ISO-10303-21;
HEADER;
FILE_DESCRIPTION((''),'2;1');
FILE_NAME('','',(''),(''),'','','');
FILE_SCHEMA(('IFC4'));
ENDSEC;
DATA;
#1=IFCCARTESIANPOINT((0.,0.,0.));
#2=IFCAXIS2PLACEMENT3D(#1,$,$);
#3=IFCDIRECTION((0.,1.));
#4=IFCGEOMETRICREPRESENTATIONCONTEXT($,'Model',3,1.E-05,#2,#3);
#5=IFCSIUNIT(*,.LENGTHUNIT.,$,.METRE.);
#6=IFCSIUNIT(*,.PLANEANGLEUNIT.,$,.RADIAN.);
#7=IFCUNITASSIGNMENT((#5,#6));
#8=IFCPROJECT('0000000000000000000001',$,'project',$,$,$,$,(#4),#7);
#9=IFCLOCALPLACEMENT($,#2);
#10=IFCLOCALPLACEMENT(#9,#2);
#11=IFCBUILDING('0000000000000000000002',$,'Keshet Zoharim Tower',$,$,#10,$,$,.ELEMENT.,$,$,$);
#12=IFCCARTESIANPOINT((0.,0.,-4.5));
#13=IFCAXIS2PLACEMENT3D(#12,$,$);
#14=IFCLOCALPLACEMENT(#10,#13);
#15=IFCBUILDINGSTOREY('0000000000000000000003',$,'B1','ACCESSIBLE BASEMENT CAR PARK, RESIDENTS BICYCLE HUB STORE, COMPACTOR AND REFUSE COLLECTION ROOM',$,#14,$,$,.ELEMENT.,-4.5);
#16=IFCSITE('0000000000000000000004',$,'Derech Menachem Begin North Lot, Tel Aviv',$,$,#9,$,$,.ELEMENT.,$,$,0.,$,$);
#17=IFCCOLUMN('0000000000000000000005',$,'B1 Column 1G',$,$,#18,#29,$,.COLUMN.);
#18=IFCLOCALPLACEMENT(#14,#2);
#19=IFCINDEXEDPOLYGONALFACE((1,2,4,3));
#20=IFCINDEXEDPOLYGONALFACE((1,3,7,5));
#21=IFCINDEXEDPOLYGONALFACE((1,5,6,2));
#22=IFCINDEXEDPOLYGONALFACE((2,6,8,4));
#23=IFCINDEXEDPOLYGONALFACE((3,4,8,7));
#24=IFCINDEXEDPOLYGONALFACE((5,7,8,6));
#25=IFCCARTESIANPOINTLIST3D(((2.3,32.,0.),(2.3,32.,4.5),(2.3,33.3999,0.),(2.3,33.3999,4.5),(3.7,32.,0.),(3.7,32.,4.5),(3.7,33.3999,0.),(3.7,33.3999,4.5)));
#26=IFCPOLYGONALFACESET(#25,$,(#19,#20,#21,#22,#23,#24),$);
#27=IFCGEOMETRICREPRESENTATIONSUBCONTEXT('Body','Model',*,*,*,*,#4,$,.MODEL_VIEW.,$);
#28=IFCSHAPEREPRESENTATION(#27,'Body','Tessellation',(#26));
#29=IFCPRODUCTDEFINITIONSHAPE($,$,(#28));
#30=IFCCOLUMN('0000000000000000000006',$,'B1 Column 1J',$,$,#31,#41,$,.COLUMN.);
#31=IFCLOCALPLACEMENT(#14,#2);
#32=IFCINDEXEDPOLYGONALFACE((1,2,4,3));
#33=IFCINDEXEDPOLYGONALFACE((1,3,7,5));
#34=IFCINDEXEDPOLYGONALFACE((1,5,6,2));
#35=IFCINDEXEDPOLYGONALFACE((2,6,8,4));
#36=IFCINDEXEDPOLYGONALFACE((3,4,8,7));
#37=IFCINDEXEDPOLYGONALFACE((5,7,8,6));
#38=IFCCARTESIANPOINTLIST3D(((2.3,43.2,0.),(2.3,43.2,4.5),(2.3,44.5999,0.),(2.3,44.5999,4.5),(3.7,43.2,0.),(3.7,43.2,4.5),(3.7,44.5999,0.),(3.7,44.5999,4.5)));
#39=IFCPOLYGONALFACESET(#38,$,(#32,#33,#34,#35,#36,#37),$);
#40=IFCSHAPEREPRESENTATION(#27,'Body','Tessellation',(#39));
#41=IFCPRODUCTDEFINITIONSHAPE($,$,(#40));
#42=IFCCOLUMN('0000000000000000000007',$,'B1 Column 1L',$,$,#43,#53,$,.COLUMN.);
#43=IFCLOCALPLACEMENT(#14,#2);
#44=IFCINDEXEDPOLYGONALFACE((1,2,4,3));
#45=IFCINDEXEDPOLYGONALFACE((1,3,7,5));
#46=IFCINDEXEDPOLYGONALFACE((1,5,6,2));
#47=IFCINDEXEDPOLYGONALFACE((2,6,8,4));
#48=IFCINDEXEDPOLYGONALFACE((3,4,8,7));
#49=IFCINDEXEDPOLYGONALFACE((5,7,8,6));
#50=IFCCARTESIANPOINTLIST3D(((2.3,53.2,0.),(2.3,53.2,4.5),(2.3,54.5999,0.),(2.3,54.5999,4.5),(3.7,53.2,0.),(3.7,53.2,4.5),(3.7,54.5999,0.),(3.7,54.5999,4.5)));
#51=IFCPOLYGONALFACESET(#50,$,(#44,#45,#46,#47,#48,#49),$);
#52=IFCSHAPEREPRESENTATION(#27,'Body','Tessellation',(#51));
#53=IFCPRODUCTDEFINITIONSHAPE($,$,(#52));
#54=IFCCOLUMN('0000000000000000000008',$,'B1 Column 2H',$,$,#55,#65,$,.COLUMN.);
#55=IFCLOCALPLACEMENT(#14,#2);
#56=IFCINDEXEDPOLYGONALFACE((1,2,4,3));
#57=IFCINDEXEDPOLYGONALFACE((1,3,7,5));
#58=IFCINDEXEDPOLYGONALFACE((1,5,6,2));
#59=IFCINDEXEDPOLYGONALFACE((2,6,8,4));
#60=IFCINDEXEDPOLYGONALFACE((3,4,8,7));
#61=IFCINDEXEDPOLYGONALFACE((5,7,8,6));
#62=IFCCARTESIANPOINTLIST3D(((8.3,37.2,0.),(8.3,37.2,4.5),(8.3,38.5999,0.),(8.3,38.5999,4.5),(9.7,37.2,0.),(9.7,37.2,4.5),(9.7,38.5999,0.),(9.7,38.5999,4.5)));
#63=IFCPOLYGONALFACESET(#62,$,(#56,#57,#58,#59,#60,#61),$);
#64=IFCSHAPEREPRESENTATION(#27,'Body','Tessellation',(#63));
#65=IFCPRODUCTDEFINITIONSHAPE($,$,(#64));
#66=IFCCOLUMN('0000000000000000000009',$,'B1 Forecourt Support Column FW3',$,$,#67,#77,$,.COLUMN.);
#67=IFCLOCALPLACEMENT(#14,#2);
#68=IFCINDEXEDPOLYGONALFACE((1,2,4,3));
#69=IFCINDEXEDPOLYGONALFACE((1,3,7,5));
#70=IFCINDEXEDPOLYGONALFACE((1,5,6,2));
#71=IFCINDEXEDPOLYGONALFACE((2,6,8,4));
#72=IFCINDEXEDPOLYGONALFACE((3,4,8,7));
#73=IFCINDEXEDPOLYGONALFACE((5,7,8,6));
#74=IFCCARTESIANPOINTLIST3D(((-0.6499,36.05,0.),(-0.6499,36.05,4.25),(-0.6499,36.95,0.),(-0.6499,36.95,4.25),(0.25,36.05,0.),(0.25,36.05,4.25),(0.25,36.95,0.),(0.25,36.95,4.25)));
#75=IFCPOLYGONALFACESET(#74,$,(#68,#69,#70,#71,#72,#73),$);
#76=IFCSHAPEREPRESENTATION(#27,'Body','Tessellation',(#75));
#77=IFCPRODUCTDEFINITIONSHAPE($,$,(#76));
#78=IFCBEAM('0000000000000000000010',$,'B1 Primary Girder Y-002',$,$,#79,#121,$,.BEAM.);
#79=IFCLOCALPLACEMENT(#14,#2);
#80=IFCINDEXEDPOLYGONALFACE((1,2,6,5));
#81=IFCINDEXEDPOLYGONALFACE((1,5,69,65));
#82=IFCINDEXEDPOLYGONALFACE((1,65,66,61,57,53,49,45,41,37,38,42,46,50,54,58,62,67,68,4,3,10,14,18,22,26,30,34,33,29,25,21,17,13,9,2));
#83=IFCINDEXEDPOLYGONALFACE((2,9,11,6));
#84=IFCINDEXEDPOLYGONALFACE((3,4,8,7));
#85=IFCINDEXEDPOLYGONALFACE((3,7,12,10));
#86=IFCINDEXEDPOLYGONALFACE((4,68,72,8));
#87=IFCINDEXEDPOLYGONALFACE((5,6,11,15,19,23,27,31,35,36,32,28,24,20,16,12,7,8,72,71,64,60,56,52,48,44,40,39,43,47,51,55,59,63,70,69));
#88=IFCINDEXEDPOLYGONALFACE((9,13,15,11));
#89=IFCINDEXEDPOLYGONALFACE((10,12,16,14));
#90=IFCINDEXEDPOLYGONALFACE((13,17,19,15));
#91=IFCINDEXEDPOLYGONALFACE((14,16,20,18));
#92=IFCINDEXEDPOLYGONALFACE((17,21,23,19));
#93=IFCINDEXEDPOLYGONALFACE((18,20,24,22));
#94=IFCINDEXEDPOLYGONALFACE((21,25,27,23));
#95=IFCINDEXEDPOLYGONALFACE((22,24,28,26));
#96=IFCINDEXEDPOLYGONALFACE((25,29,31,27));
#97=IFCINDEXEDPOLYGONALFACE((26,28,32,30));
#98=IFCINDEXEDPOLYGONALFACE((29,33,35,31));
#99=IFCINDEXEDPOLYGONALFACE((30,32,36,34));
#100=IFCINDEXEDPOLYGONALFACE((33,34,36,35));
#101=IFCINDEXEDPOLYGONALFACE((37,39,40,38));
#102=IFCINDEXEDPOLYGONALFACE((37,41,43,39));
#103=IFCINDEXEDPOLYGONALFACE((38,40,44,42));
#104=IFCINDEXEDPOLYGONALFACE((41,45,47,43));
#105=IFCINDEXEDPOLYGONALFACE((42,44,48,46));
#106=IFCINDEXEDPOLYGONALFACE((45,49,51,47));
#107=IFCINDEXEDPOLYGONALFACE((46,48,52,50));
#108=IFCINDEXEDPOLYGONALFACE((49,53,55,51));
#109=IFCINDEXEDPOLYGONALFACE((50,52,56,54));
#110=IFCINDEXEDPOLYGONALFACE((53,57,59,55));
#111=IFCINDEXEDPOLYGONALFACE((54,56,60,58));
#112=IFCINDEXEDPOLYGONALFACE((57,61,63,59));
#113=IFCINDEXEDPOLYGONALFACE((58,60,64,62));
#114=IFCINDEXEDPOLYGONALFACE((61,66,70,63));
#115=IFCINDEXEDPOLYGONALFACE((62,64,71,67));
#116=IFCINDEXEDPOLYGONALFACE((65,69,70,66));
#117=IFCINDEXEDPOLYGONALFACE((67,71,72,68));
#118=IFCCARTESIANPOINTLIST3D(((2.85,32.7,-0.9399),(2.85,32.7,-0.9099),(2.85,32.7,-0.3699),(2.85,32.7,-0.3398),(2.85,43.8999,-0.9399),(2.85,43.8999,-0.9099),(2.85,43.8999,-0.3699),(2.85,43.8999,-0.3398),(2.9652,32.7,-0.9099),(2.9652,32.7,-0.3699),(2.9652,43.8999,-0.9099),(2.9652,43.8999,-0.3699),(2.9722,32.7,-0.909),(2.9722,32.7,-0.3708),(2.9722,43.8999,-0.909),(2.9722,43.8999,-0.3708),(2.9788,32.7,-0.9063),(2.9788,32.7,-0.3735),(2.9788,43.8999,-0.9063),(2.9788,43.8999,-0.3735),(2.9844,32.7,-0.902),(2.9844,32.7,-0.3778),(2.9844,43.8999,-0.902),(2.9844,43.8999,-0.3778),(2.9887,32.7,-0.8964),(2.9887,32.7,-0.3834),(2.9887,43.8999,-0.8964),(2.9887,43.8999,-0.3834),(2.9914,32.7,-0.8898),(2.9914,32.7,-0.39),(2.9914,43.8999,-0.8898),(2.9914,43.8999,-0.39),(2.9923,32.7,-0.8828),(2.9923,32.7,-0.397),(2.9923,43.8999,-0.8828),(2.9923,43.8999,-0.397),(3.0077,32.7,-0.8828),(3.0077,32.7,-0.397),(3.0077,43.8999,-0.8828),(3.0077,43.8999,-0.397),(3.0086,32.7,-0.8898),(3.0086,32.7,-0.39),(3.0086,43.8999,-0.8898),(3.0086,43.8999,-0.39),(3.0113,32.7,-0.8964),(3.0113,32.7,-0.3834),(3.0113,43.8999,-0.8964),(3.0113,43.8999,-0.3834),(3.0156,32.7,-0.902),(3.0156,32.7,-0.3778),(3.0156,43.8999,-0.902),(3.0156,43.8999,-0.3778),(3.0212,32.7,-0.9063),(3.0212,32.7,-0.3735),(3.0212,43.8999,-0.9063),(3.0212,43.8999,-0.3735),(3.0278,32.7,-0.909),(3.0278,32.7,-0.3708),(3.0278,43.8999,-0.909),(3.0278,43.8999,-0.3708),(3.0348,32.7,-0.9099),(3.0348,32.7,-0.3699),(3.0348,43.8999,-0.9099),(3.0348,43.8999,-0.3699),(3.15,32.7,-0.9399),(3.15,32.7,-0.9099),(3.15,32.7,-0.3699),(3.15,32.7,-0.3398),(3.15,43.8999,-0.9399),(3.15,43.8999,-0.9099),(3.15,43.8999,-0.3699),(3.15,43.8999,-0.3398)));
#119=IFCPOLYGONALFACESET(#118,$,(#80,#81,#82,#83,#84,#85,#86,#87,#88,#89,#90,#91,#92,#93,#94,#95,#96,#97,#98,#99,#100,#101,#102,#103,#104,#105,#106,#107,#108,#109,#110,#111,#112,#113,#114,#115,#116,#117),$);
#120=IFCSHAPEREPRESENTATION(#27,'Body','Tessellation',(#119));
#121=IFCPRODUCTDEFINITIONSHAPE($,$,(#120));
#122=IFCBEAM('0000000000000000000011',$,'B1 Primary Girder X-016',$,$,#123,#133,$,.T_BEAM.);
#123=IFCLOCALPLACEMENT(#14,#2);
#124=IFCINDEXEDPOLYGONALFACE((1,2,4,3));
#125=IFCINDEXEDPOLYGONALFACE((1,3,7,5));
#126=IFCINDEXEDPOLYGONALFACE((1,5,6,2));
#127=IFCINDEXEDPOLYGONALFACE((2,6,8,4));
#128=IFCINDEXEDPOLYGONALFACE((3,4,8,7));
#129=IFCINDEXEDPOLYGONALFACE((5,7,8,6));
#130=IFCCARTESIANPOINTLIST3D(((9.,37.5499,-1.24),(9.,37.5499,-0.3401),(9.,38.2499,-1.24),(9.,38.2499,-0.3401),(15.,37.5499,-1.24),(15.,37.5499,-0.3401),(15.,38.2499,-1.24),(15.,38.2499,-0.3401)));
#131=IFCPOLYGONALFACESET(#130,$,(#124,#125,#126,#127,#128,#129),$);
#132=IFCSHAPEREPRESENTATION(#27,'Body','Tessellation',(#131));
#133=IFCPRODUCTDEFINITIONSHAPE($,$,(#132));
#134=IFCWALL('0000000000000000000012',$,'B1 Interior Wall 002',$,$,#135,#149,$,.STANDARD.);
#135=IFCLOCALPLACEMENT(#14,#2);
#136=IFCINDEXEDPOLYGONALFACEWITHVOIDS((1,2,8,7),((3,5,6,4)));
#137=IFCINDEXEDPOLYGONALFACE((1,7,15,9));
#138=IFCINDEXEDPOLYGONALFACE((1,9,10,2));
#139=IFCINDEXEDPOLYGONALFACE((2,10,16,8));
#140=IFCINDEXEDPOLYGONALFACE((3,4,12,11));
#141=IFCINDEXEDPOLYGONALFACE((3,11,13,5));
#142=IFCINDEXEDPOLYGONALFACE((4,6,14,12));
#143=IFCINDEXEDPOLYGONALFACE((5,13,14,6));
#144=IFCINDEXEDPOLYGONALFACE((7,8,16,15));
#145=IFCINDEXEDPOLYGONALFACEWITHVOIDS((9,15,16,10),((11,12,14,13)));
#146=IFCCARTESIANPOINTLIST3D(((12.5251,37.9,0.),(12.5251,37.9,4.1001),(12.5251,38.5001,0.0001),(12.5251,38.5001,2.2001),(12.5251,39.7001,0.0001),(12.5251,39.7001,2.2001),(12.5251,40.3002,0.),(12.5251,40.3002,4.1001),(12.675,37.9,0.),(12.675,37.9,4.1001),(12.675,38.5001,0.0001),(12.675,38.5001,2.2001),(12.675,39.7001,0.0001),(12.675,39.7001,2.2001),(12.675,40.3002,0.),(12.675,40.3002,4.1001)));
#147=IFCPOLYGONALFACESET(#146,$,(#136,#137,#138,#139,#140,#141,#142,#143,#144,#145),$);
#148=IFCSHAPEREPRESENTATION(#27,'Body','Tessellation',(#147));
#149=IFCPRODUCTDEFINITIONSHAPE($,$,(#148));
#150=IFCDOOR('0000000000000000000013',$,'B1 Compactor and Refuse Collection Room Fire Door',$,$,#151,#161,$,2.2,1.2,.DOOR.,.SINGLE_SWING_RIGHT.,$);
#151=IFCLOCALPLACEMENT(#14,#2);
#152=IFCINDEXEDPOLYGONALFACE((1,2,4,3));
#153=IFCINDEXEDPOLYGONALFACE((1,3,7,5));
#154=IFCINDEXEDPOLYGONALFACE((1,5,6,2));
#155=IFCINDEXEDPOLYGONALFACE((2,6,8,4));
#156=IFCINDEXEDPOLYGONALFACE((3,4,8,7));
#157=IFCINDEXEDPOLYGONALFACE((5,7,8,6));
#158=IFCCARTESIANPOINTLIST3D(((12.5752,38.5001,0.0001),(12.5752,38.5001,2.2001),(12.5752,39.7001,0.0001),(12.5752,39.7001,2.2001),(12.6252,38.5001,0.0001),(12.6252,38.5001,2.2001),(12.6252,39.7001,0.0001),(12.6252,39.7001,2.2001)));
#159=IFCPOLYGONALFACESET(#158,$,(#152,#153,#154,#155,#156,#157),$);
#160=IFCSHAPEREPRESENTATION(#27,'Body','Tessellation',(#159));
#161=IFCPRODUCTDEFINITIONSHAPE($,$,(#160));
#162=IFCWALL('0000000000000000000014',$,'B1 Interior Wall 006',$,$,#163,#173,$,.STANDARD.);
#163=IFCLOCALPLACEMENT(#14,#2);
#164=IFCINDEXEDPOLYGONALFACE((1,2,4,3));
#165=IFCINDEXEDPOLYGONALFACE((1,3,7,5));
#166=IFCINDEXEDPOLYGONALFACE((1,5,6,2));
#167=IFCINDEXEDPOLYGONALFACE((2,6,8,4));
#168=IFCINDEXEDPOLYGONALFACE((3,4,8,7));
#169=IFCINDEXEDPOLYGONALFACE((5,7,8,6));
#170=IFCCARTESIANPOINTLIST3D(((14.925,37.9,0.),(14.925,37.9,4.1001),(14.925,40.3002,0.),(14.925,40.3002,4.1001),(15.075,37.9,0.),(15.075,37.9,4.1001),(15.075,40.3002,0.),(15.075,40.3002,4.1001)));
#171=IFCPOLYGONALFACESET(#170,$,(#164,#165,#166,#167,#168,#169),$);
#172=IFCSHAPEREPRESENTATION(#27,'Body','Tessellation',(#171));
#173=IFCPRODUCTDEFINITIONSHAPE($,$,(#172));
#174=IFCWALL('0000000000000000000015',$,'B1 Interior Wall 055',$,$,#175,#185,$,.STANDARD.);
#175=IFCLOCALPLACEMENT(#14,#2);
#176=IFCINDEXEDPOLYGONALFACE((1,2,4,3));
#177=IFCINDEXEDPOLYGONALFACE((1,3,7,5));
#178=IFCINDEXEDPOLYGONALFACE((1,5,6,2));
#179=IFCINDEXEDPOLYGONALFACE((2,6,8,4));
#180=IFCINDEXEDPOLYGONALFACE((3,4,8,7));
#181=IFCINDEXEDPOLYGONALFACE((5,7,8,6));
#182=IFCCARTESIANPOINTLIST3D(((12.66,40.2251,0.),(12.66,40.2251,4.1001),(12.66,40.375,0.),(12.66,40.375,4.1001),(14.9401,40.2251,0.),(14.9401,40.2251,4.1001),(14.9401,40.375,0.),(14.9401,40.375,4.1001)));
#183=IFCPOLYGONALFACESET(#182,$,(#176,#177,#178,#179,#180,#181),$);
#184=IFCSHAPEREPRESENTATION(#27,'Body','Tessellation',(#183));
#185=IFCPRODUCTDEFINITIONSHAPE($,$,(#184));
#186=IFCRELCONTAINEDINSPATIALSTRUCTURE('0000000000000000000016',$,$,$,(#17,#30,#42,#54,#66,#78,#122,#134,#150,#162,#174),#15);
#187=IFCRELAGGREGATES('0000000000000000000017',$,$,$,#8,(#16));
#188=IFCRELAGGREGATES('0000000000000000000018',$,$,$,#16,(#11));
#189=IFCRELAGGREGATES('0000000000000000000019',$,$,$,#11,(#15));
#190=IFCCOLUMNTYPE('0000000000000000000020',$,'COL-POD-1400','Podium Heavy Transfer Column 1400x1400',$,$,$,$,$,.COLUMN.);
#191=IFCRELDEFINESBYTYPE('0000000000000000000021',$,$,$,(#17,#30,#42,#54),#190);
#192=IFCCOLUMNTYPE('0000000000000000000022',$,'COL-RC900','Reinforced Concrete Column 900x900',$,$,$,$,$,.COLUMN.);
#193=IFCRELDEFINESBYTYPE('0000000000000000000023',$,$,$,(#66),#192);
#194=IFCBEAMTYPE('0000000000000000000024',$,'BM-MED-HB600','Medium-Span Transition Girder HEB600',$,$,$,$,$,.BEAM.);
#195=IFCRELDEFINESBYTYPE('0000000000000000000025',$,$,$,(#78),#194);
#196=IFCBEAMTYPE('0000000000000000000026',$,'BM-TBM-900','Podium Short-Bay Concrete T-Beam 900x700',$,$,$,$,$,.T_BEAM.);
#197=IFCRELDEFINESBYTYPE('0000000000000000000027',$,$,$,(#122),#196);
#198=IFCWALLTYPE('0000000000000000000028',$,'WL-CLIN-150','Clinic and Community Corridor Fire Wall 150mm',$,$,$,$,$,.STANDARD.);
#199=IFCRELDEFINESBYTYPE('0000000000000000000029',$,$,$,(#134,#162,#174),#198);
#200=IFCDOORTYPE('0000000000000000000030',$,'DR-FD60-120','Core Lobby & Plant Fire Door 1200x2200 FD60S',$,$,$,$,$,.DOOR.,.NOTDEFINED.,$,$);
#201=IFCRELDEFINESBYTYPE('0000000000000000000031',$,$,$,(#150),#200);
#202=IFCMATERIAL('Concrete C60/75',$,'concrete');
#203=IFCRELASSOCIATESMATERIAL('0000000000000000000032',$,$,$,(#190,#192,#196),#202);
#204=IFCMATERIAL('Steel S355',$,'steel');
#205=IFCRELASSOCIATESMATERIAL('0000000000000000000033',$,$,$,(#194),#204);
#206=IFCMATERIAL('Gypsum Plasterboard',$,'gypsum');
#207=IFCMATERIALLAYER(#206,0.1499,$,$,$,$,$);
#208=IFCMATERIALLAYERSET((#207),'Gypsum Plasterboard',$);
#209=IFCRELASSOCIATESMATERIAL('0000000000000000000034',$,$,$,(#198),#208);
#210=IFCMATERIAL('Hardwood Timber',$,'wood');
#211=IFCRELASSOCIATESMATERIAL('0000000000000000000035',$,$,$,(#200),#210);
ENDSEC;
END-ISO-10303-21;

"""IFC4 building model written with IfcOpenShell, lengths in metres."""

from ifc_helpers import new_model, si_unit, direction, frame, frame_2d, origin, origin_2d, place, context, subcontext, project, spatial, rectangle, i_section, extrude, material, layer, layer_set, material_profile, profile_set, type_object, element, fill, save


model = new_model("IFC4")

# Units and contexts
model_context = context("Model", 3, precision=1e-05, world=origin(), true_north=direction((0.0, 1.0)))
body_context = subcontext(model_context, "Body", "Model", "MODEL_VIEW")
ifc_project = project(units=[si_unit("LENGTHUNIT", "METRE"), si_unit("PLANEANGLEUNIT", "RADIAN")], contexts=[model_context])

# Site, building, storey
site_placement = place(None, origin())
site = spatial("IfcSite", under=ifc_project, at=site_placement, Name="Derech Menachem Begin North Lot, Tel Aviv", CompositionType="ELEMENT", RefElevation=0.0)
building_placement = place(site_placement, origin())
building = spatial("IfcBuilding", under=site, at=building_placement, Name="Keshet Zoharim Tower", CompositionType="ELEMENT")
storey_placement = place(building_placement, frame((0.0, 0.0, -4.5)))
storey = spatial("IfcBuildingStorey", under=building, at=storey_placement, Name="B1", Description="ACCESSIBLE BASEMENT CAR PARK, RESIDENTS BICYCLE HUB STORE, COMPACTOR AND REFUSE COLLECTION ROOM", CompositionType="ELEMENT", Elevation=-4.5)

# Columns
ifc_material_1 = material(Name="Concrete C60/75", Category="concrete")
ifc_material_profile_1 = material_profile(ifc_material_1, rectangle(XDim=1.3999, YDim=1.3999, at=origin_2d()), Name="RC1400x1400")
ifc_profile_set_1 = profile_set([ifc_material_profile_1], Name="Concrete C60/75")
column_type_1 = type_object("IfcColumnType", Name="COL-POD-1400", Description="Podium Heavy Transfer Column 1400x1400", PredefinedType="COLUMN", material=ifc_profile_set_1)
for number, where, z_axis, x_axis, name in (
    (1, (3.0, 32.7, 0.0), (0.0, 0.0, 1.0), (1.0, 0.0, 0.0), "B1 Column 1G"),
    (2, (3.0, 43.8999, 0.0), (0.0, 0.0, 1.0), (1.0, 0.0, 0.0), "B1 Column 1J"),
    (3, (3.0, 53.8999, 0.0), (0.0, 0.0, 1.0), (1.0, 0.0, 0.0), "B1 Column 1L"),
    (4, (9.0, 37.8999, 0.0), (0.0, 0.0, 1.0), (1.0, 0.0, 0.0), "B1 Column 2H"),
):
    element("IfcColumn", number, at=place(storey_placement, frame(where, z_axis=z_axis, x_axis=x_axis)), inside=storey, type_object=column_type_1, Name=name, PredefinedType="COLUMN", context=body_context, shape_type="SweptSolid", body=[
        extrude(rectangle(XDim=1.3999, YDim=1.3999, at=origin_2d()), origin(), (0.0, 0.0, 1.0), 4.5),
    ])
ifc_material_profile_2 = material_profile(ifc_material_1, rectangle(XDim=0.8999, YDim=0.8999, at=origin_2d()), Name="RC900x900")
ifc_profile_set_2 = profile_set([ifc_material_profile_2], Name="Concrete C60/75")
column_type_2 = type_object("IfcColumnType", Name="COL-RC900", Description="Reinforced Concrete Column 900x900", PredefinedType="COLUMN", material=ifc_profile_set_2)
column_placement = place(storey_placement, frame((-0.2, 36.5, 0.0), z_axis=(0.0, 0.0, 1.0), x_axis=(1.0, 0.0, 0.0)))
element("IfcColumn", 5, at=column_placement, inside=storey, type_object=column_type_2, Name="B1 Forecourt Support Column FW3", PredefinedType="COLUMN", context=body_context, shape_type="SweptSolid", body=[
    extrude(rectangle(XDim=0.8999, YDim=0.8999, at=origin_2d()), origin(), (0.0, 0.0, 1.0), 4.25),
])

# Beams
ifc_material_2 = material(Name="Steel S355", Category="steel")
ifc_material_profile_3 = material_profile(ifc_material_2, i_section(OverallWidth=0.3, OverallDepth=0.6001, WebThickness=0.0154, FlangeThickness=0.03, FilletRadius=0.0271, at=origin_2d()), Name="HEB600")
ifc_profile_set_3 = profile_set([ifc_material_profile_3], Name="Steel S355")
beam_type_1 = type_object("IfcBeamType", Name="BM-MED-HB600", Description="Medium-Span Transition Girder HEB600", PredefinedType="BEAM", material=ifc_profile_set_3)
beam_1_placement = place(storey_placement, frame((3.0, 32.7, -0.6399), z_axis=(0.0, 1.0, 0.0), x_axis=(-1.0, 0.0, 0.0)))
element("IfcBeam", 6, at=beam_1_placement, inside=storey, type_object=beam_type_1, Name="B1 Primary Girder Y-002", PredefinedType="BEAM", context=body_context, shape_type="SweptSolid", body=[
    extrude(i_section(OverallWidth=0.3, OverallDepth=0.6001, WebThickness=0.0154, FlangeThickness=0.03, FilletRadius=0.0271, at=origin_2d()), origin(), (0.0, 0.0, 1.0), 11.2),
])
ifc_material_profile_4 = material_profile(ifc_material_1, rectangle(XDim=0.7, YDim=0.8999, at=origin_2d()), Name="RC900x700")
ifc_profile_set_4 = profile_set([ifc_material_profile_4], Name="Concrete C60/75")
beam_type_2 = type_object("IfcBeamType", Name="BM-TBM-900", Description="Podium Short-Bay Concrete T-Beam 900x700", PredefinedType="T_BEAM", material=ifc_profile_set_4)
beam_2_placement = place(storey_placement, frame((9.0, 37.8999, -0.79), z_axis=(1.0, 0.0, 0.0), x_axis=(0.0, 1.0, 0.0)))
element("IfcBeam", 7, at=beam_2_placement, inside=storey, type_object=beam_type_2, Name="B1 Primary Girder X-016", PredefinedType="T_BEAM", context=body_context, shape_type="SweptSolid", body=[
    extrude(rectangle(XDim=0.7, YDim=0.8999, at=origin_2d()), origin(), (0.0, 0.0, 1.0), 6.0),
])

# Wall, opening, door
ifc_material_3 = material(Name="Gypsum Plasterboard", Category="gypsum")
ifc_layer_1 = layer(ifc_material_3, 0.1499)
ifc_layer_set_1 = layer_set([ifc_layer_1], Name="Gypsum Plasterboard")
wall_type_1 = type_object("IfcWallType", Name="WL-CLIN-150", Description="Clinic and Community Corridor Fire Wall 150mm", PredefinedType="STANDARD", material=ifc_layer_set_1)
wall_1_placement = place(storey_placement, frame((12.6001, 37.8999, 0.0), z_axis=(0.0, 0.0, 1.0), x_axis=(0.0, 1.0, 0.0)))
wall_1 = element("IfcWall", 8, at=wall_1_placement, inside=storey, type_object=wall_type_1, Name="B1 Interior Wall 002", PredefinedType="STANDARD", context=body_context, shape_type="SweptSolid", body=[
    extrude(rectangle(XDim=2.4001, YDim=0.1499, at=frame_2d((1.2002, 0.0))), origin(), (0.0, 0.0, 1.0), 4.1001),
])
opening_1_placement = place(wall_1_placement, frame((0.6001, 0.0, 0.0)))
opening_1 = element("IfcOpeningElement", 9, at=opening_1_placement, cuts=wall_1, PredefinedType="OPENING", context=body_context, shape_type="SweptSolid", body=[
    extrude(rectangle(XDim=1.2, YDim=2.2, at=frame_2d((0.6001, 1.1001))), frame((0.0, 0.085, 0.0), z_axis=(0.0, -1.0, 0.0), x_axis=(1.0, 0.0, 0.0)), (0.0, 0.0, 1.0), 0.1699),
])
ifc_material_4 = material(Name="Hardwood Timber", Category="wood")
door_type_1 = type_object("IfcDoorType", Name="DR-FD60-120", Description="Core Lobby & Plant Fire Door 1200x2200 FD60S", OperationType="NOTDEFINED", PredefinedType="DOOR", material=ifc_material_4)
door_1_placement = place(opening_1_placement, origin())
door_1 = element("IfcDoor", 10, at=door_1_placement, inside=storey, type_object=door_type_1, Name="B1 Compactor and Refuse Collection Room Fire Door", OperationType="SINGLE_SWING_RIGHT", OverallHeight=2.2, OverallWidth=1.2, PredefinedType="DOOR", context=body_context, shape_type="SweptSolid", body=[
    extrude(rectangle(XDim=1.2, YDim=2.2, at=frame_2d((0.6001, 1.1001))), frame((0.0, 0.0249, 0.0), z_axis=(0.0, -1.0, 0.0), x_axis=(1.0, 0.0, 0.0)), (0.0, 0.0, 1.0), 0.05),
])
fill(opening_1, door_1)

# Walls
wall_2_placement = place(storey_placement, frame((15.0, 37.8999, 0.0), z_axis=(0.0, 0.0, 1.0), x_axis=(0.0, 1.0, 0.0)))
element("IfcWall", 11, at=wall_2_placement, inside=storey, type_object=wall_type_1, Name="B1 Interior Wall 006", PredefinedType="STANDARD", context=body_context, shape_type="SweptSolid", body=[
    extrude(rectangle(XDim=2.4001, YDim=0.1499, at=frame_2d((1.2002, 0.0))), origin(), (0.0, 0.0, 1.0), 4.1001),
])
wall_3_placement = place(storey_placement, frame((12.6599, 40.3, 0.0), z_axis=(0.0, 0.0, 1.0), x_axis=(1.0, 0.0, 0.0)))
element("IfcWall", 12, at=wall_3_placement, inside=storey, type_object=wall_type_1, Name="B1 Interior Wall 055", PredefinedType="STANDARD", context=body_context, shape_type="SweptSolid", body=[
    extrude(rectangle(XDim=2.28, YDim=0.1499, at=frame_2d((1.1401, 0.0))), origin(), (0.0, 0.0, 1.0), 4.1001),
])

save(model, "model.ifc")
